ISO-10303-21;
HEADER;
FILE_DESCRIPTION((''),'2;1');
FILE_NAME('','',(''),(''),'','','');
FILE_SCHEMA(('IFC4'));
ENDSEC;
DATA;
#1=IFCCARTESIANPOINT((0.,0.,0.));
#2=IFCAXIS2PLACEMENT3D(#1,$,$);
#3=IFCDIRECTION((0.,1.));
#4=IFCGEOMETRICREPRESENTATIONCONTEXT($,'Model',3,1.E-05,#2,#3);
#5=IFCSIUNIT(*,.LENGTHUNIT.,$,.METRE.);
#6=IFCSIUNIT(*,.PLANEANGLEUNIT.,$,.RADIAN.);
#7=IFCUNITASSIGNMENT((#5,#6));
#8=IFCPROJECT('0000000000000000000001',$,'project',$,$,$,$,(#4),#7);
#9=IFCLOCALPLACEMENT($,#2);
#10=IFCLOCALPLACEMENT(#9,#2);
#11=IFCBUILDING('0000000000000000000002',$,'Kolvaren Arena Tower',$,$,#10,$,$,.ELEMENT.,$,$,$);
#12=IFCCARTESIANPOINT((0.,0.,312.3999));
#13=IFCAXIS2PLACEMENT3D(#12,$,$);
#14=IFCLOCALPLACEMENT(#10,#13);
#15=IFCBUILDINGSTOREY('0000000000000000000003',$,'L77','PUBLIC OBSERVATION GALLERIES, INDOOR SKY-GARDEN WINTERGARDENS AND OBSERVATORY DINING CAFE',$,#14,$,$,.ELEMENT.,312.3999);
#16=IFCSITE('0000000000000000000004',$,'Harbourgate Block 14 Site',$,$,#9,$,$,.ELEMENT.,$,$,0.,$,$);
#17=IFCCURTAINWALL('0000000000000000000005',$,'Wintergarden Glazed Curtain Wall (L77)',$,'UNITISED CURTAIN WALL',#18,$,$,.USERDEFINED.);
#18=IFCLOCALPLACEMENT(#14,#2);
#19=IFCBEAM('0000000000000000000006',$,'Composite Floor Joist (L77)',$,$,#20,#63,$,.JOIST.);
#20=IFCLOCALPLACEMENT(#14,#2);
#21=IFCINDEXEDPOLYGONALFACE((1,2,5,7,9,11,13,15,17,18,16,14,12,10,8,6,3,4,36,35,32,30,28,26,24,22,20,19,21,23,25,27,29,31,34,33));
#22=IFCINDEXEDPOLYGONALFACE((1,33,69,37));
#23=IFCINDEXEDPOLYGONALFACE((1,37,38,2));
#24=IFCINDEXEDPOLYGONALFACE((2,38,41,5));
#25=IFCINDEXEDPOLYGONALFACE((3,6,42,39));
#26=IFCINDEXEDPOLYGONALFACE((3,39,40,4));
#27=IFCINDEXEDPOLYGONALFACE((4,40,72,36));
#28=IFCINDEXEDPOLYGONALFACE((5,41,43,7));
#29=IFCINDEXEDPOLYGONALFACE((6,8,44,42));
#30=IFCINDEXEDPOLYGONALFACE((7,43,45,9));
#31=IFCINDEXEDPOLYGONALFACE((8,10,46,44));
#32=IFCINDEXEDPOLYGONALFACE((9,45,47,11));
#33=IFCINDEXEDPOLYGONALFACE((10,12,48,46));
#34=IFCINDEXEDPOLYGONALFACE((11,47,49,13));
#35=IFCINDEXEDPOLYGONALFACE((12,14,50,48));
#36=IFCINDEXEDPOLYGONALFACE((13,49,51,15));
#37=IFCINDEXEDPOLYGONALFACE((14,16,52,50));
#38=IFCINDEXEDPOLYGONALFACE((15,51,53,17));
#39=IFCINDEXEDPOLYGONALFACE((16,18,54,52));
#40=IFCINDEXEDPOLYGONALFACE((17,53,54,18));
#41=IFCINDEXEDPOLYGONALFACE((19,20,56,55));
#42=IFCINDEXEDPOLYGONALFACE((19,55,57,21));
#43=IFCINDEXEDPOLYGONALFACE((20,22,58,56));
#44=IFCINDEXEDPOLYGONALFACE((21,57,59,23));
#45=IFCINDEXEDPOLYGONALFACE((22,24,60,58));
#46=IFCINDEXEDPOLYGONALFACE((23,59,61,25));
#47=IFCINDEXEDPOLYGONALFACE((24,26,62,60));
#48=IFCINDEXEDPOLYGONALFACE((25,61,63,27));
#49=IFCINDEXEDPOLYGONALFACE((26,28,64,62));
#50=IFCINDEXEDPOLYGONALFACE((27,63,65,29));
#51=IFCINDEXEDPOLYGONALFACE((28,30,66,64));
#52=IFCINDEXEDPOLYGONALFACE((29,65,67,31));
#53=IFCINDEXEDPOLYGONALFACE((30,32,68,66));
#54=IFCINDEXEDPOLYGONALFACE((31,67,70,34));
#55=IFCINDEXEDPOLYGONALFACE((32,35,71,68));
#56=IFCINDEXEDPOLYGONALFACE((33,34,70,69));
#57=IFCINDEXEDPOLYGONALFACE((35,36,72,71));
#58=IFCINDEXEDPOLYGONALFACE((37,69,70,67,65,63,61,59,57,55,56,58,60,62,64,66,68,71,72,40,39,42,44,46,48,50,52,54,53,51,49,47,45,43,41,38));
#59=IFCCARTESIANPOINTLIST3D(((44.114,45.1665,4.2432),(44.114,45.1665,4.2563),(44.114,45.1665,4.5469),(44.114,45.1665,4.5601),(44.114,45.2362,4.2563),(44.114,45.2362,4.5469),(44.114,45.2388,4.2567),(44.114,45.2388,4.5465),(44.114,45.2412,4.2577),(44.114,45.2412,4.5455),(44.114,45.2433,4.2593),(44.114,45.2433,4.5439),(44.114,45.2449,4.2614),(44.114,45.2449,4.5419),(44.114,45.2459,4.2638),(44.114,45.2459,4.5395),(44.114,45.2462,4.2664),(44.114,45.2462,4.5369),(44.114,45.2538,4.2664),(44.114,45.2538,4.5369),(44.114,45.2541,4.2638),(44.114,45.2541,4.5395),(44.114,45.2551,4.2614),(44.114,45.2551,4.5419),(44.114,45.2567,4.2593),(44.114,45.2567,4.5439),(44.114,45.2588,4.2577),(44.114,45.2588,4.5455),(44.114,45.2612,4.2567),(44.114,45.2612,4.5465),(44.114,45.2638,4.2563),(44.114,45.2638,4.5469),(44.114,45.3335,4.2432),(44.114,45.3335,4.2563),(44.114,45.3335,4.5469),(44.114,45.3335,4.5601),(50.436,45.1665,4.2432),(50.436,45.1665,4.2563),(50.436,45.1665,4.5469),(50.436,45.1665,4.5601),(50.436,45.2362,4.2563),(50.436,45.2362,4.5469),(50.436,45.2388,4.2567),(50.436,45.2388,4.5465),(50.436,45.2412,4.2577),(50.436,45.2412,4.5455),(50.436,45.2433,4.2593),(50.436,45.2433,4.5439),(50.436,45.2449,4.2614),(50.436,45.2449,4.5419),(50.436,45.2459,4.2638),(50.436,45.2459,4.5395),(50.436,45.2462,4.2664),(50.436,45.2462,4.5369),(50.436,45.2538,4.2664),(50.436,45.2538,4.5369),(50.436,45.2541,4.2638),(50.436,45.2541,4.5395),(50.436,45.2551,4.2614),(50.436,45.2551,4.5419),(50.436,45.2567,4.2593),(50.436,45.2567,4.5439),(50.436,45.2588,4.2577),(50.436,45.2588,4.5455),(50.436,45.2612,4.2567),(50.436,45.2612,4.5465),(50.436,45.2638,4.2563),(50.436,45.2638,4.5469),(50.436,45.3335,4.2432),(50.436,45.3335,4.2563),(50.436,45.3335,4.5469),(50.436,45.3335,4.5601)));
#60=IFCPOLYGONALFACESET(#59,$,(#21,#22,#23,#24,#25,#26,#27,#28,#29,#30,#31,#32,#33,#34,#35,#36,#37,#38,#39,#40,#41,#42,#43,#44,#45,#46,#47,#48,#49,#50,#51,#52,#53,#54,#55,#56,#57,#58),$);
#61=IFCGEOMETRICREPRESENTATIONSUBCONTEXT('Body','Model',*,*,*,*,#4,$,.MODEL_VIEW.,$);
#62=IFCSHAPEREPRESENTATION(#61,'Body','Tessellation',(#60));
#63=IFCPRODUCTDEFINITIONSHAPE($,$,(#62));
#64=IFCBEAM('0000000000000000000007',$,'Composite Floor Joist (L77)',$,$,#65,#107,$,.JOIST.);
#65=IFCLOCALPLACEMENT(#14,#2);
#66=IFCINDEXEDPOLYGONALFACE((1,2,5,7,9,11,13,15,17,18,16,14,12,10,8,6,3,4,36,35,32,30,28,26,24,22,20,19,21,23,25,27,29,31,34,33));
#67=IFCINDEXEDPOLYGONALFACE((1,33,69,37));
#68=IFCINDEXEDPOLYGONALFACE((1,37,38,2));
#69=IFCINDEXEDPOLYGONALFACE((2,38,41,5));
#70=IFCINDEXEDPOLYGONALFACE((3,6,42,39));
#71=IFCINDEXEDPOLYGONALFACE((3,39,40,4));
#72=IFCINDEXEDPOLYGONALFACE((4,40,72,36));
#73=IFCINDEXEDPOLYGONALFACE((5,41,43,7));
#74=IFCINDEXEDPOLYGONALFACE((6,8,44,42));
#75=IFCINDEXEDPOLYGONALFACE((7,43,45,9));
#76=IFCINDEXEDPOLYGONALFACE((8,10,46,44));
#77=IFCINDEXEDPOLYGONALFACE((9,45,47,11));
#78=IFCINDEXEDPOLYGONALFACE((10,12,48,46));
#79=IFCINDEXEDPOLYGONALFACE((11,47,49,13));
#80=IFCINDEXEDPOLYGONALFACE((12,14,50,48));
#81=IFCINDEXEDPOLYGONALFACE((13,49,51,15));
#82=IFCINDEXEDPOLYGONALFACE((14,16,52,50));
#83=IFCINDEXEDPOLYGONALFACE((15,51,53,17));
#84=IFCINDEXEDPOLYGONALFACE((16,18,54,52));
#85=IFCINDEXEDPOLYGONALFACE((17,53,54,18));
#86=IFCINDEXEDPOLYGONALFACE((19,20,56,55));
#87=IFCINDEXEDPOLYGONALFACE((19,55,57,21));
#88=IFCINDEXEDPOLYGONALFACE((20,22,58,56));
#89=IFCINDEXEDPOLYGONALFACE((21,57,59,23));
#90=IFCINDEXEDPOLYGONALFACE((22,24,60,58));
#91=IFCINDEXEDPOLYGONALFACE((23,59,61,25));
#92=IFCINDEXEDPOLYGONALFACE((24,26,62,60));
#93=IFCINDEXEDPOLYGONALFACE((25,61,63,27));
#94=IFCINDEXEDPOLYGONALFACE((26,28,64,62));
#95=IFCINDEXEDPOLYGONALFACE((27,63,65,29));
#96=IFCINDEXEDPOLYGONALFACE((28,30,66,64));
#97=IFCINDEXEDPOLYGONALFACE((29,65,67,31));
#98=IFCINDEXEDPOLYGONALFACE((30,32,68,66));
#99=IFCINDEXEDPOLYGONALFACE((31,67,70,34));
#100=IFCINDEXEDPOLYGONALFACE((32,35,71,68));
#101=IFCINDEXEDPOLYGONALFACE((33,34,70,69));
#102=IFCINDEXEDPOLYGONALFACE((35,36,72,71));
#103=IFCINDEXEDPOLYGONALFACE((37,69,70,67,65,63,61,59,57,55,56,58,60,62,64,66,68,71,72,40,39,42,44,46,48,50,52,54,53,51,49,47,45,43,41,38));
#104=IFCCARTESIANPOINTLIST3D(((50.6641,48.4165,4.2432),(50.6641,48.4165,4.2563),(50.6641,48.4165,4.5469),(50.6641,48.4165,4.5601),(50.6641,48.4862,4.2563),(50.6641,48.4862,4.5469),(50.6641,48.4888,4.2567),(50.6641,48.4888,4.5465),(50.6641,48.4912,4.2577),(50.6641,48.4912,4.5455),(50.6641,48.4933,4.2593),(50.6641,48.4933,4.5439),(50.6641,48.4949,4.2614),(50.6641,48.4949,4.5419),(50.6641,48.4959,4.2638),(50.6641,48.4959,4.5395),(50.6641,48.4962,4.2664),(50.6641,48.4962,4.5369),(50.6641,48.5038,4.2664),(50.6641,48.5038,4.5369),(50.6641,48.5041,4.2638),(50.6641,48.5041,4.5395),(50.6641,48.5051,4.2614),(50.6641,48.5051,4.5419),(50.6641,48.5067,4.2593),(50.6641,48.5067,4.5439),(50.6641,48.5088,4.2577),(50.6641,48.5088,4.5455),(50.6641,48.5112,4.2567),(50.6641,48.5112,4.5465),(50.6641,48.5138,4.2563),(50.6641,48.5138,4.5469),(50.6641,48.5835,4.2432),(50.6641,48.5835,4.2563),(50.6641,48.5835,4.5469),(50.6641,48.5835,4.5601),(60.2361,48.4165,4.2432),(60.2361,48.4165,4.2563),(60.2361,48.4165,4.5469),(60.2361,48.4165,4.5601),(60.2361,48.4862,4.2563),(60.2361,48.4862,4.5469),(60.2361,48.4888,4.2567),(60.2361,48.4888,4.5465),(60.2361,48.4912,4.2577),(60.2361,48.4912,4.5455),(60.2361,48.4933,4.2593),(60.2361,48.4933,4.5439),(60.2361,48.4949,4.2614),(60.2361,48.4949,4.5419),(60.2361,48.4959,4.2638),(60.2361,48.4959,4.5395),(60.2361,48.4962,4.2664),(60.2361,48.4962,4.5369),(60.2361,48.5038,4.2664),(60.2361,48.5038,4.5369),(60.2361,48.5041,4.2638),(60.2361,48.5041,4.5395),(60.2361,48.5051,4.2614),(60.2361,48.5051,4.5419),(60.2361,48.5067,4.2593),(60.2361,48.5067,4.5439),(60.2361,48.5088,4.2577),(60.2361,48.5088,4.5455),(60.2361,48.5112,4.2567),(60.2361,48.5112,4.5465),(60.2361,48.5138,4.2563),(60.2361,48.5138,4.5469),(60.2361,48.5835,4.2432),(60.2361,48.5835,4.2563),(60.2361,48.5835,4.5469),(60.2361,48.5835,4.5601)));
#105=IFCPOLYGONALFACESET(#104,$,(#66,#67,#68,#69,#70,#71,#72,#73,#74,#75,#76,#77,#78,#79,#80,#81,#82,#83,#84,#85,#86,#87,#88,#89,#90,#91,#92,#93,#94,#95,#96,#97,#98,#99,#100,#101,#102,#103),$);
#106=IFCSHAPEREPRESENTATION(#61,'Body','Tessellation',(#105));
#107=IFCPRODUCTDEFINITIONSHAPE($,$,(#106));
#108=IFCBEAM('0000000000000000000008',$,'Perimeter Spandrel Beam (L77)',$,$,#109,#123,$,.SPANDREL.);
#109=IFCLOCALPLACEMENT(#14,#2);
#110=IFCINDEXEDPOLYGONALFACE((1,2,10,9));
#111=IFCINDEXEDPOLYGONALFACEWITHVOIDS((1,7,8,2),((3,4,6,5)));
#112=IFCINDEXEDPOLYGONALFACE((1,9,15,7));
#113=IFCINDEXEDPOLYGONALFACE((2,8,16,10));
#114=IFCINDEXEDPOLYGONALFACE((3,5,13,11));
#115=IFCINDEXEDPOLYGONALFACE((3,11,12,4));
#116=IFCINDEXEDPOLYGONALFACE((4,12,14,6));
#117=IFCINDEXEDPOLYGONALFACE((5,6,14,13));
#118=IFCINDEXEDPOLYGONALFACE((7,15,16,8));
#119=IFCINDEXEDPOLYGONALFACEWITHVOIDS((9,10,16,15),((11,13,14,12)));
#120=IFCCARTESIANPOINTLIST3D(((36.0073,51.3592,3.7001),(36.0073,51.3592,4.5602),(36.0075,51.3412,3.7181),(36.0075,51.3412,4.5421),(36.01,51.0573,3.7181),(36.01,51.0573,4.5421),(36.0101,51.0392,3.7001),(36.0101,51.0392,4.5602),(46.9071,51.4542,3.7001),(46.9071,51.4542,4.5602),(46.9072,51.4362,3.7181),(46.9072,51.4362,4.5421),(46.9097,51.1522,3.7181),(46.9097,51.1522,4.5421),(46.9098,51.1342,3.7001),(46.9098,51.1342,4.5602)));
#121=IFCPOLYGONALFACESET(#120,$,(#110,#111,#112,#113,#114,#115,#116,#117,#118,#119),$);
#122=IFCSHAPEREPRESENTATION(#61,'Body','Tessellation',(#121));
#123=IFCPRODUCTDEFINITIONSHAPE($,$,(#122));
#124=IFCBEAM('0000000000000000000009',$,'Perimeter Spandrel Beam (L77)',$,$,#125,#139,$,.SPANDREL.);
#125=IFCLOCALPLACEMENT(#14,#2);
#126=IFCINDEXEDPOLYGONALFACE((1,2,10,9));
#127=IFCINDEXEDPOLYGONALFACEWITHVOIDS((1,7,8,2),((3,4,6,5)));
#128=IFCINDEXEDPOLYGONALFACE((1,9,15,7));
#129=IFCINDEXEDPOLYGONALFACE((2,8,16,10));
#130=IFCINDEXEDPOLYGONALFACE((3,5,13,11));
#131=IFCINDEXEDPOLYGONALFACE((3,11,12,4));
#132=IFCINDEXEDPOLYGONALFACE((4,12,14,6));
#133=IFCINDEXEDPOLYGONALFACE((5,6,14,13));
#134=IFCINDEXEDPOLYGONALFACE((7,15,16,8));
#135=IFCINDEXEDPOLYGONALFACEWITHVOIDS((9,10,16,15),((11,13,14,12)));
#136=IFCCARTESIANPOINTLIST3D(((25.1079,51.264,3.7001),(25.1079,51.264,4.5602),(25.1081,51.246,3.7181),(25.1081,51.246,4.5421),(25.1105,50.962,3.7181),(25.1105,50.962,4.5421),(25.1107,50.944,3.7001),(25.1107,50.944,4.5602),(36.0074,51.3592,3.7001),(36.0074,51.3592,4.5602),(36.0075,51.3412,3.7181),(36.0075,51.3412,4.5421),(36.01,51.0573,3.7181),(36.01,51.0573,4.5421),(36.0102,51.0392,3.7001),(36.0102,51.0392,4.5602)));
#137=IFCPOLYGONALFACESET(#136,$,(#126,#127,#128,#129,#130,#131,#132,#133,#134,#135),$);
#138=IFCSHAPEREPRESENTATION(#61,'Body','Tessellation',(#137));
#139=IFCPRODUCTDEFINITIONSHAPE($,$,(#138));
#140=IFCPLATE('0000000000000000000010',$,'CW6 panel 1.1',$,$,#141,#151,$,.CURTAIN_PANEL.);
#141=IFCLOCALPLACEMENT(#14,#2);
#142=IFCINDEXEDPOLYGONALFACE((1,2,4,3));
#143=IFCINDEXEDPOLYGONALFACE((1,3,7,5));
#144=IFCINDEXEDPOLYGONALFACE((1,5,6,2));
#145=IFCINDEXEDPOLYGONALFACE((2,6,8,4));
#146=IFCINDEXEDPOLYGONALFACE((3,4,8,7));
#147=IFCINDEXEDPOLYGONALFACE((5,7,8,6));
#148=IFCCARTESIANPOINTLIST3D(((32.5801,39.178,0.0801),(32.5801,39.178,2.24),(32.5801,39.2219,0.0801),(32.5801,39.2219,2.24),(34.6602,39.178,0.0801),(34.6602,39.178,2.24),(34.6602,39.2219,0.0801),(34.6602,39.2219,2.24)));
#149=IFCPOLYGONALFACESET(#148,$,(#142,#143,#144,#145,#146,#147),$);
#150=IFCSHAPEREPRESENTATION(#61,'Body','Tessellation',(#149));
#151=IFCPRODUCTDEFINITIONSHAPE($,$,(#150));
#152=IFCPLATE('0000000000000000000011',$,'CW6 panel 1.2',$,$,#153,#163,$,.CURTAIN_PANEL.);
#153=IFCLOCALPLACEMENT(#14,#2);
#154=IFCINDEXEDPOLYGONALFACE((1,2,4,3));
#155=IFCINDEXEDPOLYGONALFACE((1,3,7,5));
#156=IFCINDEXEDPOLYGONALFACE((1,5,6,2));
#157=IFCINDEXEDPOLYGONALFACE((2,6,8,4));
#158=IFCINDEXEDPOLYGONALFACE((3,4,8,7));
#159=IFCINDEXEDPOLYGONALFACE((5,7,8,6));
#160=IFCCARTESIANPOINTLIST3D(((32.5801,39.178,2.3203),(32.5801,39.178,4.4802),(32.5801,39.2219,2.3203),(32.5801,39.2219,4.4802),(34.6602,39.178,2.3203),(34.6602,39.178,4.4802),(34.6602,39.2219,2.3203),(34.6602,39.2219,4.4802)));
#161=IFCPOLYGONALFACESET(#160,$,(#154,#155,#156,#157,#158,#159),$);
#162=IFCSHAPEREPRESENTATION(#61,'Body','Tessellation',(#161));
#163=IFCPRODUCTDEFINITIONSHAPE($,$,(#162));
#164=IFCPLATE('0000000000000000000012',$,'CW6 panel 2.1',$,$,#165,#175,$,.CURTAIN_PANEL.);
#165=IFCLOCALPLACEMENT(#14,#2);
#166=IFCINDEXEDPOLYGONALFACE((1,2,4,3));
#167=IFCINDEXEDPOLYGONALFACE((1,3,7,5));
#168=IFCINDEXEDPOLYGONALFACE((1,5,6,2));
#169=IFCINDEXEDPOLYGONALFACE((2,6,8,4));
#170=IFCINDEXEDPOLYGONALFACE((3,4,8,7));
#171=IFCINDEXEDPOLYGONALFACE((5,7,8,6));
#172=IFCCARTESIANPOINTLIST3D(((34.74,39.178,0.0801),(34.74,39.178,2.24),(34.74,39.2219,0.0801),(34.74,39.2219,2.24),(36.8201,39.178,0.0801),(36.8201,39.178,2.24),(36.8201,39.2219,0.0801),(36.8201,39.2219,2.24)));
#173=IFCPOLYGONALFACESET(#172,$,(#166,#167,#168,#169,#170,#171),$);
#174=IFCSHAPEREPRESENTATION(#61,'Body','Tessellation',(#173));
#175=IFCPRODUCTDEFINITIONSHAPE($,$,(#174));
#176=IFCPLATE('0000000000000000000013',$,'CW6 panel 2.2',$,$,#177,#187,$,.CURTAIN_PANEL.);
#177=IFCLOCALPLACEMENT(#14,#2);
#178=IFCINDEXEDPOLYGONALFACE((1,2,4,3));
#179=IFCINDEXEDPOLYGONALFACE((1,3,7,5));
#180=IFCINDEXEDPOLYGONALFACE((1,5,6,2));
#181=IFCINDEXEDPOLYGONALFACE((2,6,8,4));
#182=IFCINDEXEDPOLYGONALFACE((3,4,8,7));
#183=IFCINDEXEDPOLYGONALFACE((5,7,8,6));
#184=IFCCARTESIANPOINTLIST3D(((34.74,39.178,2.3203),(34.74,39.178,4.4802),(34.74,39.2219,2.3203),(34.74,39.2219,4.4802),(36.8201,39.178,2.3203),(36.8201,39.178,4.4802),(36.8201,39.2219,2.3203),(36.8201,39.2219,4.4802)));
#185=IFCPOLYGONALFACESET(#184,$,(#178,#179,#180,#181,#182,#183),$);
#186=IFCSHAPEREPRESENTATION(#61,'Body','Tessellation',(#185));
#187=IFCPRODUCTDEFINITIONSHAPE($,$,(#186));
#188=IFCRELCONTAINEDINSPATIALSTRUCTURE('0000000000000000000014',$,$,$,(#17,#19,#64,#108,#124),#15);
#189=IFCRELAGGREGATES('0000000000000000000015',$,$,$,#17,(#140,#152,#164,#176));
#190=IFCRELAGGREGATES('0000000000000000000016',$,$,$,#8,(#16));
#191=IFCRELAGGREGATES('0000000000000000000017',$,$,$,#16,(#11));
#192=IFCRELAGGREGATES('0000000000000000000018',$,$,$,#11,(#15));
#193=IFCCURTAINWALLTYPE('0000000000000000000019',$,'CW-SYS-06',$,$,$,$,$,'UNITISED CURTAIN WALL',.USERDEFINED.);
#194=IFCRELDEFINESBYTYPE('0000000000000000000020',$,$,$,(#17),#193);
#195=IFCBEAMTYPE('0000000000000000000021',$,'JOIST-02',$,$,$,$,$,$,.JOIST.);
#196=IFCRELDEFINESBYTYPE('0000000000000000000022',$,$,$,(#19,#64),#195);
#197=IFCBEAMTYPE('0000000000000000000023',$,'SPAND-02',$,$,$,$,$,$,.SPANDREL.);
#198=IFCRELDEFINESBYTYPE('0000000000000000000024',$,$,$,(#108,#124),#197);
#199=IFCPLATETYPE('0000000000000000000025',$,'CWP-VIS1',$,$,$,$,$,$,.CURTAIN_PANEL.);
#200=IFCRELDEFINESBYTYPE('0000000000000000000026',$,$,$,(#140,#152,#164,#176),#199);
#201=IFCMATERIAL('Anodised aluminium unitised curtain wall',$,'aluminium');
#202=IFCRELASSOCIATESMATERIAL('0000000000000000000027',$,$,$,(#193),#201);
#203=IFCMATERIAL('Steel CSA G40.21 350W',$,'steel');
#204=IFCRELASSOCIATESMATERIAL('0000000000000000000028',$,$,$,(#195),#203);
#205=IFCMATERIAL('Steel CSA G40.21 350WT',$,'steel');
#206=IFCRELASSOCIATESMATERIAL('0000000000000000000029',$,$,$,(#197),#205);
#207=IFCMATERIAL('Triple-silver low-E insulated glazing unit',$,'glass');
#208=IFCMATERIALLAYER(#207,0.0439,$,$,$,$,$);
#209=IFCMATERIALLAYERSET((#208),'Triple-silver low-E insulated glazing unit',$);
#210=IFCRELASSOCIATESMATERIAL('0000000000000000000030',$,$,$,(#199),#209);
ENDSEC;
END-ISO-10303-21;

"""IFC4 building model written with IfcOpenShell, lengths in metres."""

from ifc_helpers import new_model, si_unit, direction, frame, origin, origin_2d, place, context, subcontext, project, spatial, rectangle, hollow_rectangle, i_section, extrude, material, layer, layer_set, material_profile, profile_set, type_object, element, aggregate, save


model = new_model("IFC4")

# Units and contexts
model_context = context("Model", 3, precision=1e-05, world=origin(), true_north=direction((0.0, 1.0)))
body_context = subcontext(model_context, "Body", "Model", "MODEL_VIEW")
ifc_project = project(units=[si_unit("LENGTHUNIT", "METRE"), si_unit("PLANEANGLEUNIT", "RADIAN")], contexts=[model_context])

# Site, building, storey
site_placement = place(None, origin())
site = spatial("IfcSite", under=ifc_project, at=site_placement, Name="Harbourgate Block 14 Site", CompositionType="ELEMENT", RefElevation=0.0)
building_placement = place(site_placement, origin())
building = spatial("IfcBuilding", under=site, at=building_placement, Name="Kolvaren Arena Tower", CompositionType="ELEMENT")
storey_placement = place(building_placement, frame((0.0, 0.0, 312.3999)))
storey = spatial("IfcBuildingStorey", under=building, at=storey_placement, Name="L77", Description="PUBLIC OBSERVATION GALLERIES, INDOOR SKY-GARDEN WINTERGARDENS AND OBSERVATORY DINING CAFE", CompositionType="ELEMENT", Elevation=312.3999)

# Shared definitions
ifc_material_1 = material(Name="Steel CSA G40.21 350W", Category="steel")

# Curtain wall
ifc_material_2 = material(Name="Anodised aluminium unitised curtain wall", Category="aluminium")
curtain_wall_type = type_object("IfcCurtainWallType", Name="CW-SYS-06", ElementType="UNITISED CURTAIN WALL", PredefinedType="USERDEFINED", material=ifc_material_2)
curtain_wall_placement = place(storey_placement, origin())
curtain_wall = element("IfcCurtainWall", 1, at=curtain_wall_placement, inside=storey, type_object=curtain_wall_type, Name="Wintergarden Glazed Curtain Wall (L77)", ObjectType="UNITISED CURTAIN WALL", PredefinedType="USERDEFINED")

# Beams
ifc_material_profile_1 = material_profile(ifc_material_1, i_section(OverallWidth=0.167, OverallDepth=0.3169, WebThickness=0.0076, FlangeThickness=0.0132, FilletRadius=0.01, at=origin_2d()), Name="W310x52")
ifc_profile_set_1 = profile_set([ifc_material_profile_1], Name="Steel CSA G40.21 350W")
beam_type_1 = type_object("IfcBeamType", Name="JOIST-02", PredefinedType="JOIST", material=ifc_profile_set_1)
beam_1_placement = place(storey_placement, frame((44.114, 45.25, 4.4016), z_axis=(1.0, 0.0, 0.0), x_axis=(0.0, 1.0, 0.0)))
element("IfcBeam", 2, at=beam_1_placement, inside=storey, type_object=beam_type_1, Name="Composite Floor Joist (L77)", PredefinedType="JOIST", context=body_context, shape_type="SweptSolid", body=[
    extrude(i_section(OverallWidth=0.167, OverallDepth=0.3169, WebThickness=0.0076, FlangeThickness=0.0132, FilletRadius=0.01, at=origin_2d()), origin(), (0.0, 0.0, 1.0), 6.322),
])
beam_2_placement = place(storey_placement, frame((50.6641, 48.5, 4.4016), z_axis=(1.0, 0.0, 0.0), x_axis=(0.0, 1.0, 0.0)))
element("IfcBeam", 3, at=beam_2_placement, inside=storey, type_object=beam_type_1, Name="Composite Floor Joist (L77)", PredefinedType="JOIST", context=body_context, shape_type="SweptSolid", body=[
    extrude(i_section(OverallWidth=0.167, OverallDepth=0.3169, WebThickness=0.0076, FlangeThickness=0.0132, FilletRadius=0.01, at=origin_2d()), origin(), (0.0, 0.0, 1.0), 9.572),
])
ifc_material_3 = material(Name="Steel CSA G40.21 350WT", Category="steel")
ifc_material_profile_2 = material_profile(ifc_material_3, hollow_rectangle(XDim=0.3201, YDim=0.8601, WallThickness=0.0181, at=origin_2d()), Name="HSS 860x320x18")
ifc_profile_set_2 = profile_set([ifc_material_profile_2], Name="Steel CSA G40.21 350WT")
beam_type_2 = type_object("IfcBeamType", Name="SPAND-02", PredefinedType="SPANDREL", material=ifc_profile_set_2)
beam_3_placement = place(storey_placement, frame((46.9084, 51.2942, 4.1301), z_axis=(-0.999962, -0.008713, 0.0), x_axis=(0.008713, -0.999962, 0.0)))
element("IfcBeam", 4, at=beam_3_placement, inside=storey, type_object=beam_type_2, Name="Perimeter Spandrel Beam (L77)", PredefinedType="SPANDREL", context=body_context, shape_type="SweptSolid", body=[
    extrude(hollow_rectangle(XDim=0.3201, YDim=0.8601, WallThickness=0.0181, at=origin_2d()), origin(), (0.0, 0.0, 1.0), 10.9001),
])
beam_4_placement = place(storey_placement, frame((36.0088, 51.1992, 4.1301), z_axis=(-0.999962, -0.008735, 0.0), x_axis=(0.008735, -0.999962, 0.0)))
element("IfcBeam", 5, at=beam_4_placement, inside=storey, type_object=beam_type_2, Name="Perimeter Spandrel Beam (L77)", PredefinedType="SPANDREL", context=body_context, shape_type="SweptSolid", body=[
    extrude(hollow_rectangle(XDim=0.3201, YDim=0.8601, WallThickness=0.0181, at=origin_2d()), origin(), (0.0, 0.0, 1.0), 10.8999),
])

# Plates
ifc_material_4 = material(Name="Triple-silver low-E insulated glazing unit", Category="glass")
ifc_layer_1 = layer(ifc_material_4, 0.0439)
ifc_layer_set_1 = layer_set([ifc_layer_1], Name="Triple-silver low-E insulated glazing unit")
plate_type = type_object("IfcPlateType", Name="CWP-VIS1", PredefinedType="CURTAIN_PANEL", material=ifc_layer_set_1)
plate_1_placement = place(storey_placement, frame((33.6201, 39.2, 0.0801), z_axis=(0.0, 0.0, 1.0), x_axis=(1.0, 0.0, 0.0)))
plate_1 = element("IfcPlate", 6, at=plate_1_placement, type_object=plate_type, Name="CW6 panel 1.1", PredefinedType="CURTAIN_PANEL", context=body_context, shape_type="SweptSolid", body=[
    extrude(rectangle(XDim=2.0801, YDim=0.0439, at=origin_2d()), origin(), (0.0, 0.0, 1.0), 2.1599),
])
plate_2_placement = place(storey_placement, frame((33.6201, 39.2, 2.3203), z_axis=(0.0, 0.0, 1.0), x_axis=(1.0, 0.0, 0.0)))
plate_2 = element("IfcPlate", 7, at=plate_2_placement, type_object=plate_type, Name="CW6 panel 1.2", PredefinedType="CURTAIN_PANEL", context=body_context, shape_type="SweptSolid", body=[
    extrude(rectangle(XDim=2.0801, YDim=0.0439, at=origin_2d()), origin(), (0.0, 0.0, 1.0), 2.1599),
])
plate_3_placement = place(storey_placement, frame((35.78, 39.2, 0.0801), z_axis=(0.0, 0.0, 1.0), x_axis=(1.0, 0.0, 0.0)))
plate_3 = element("IfcPlate", 8, at=plate_3_placement, type_object=plate_type, Name="CW6 panel 2.1", PredefinedType="CURTAIN_PANEL", context=body_context, shape_type="SweptSolid", body=[
    extrude(rectangle(XDim=2.0801, YDim=0.0439, at=origin_2d()), origin(), (0.0, 0.0, 1.0), 2.1599),
])
plate_4_placement = place(storey_placement, frame((35.78, 39.2, 2.3203), z_axis=(0.0, 0.0, 1.0), x_axis=(1.0, 0.0, 0.0)))
plate_4 = element("IfcPlate", 9, at=plate_4_placement, type_object=plate_type, Name="CW6 panel 2.2", PredefinedType="CURTAIN_PANEL", context=body_context, shape_type="SweptSolid", body=[
    extrude(rectangle(XDim=2.0801, YDim=0.0439, at=origin_2d()), origin(), (0.0, 0.0, 1.0), 2.1599),
])
aggregate(curtain_wall, [plate_1, plate_2, plate_3, plate_4])

save(model, "model.ifc")
